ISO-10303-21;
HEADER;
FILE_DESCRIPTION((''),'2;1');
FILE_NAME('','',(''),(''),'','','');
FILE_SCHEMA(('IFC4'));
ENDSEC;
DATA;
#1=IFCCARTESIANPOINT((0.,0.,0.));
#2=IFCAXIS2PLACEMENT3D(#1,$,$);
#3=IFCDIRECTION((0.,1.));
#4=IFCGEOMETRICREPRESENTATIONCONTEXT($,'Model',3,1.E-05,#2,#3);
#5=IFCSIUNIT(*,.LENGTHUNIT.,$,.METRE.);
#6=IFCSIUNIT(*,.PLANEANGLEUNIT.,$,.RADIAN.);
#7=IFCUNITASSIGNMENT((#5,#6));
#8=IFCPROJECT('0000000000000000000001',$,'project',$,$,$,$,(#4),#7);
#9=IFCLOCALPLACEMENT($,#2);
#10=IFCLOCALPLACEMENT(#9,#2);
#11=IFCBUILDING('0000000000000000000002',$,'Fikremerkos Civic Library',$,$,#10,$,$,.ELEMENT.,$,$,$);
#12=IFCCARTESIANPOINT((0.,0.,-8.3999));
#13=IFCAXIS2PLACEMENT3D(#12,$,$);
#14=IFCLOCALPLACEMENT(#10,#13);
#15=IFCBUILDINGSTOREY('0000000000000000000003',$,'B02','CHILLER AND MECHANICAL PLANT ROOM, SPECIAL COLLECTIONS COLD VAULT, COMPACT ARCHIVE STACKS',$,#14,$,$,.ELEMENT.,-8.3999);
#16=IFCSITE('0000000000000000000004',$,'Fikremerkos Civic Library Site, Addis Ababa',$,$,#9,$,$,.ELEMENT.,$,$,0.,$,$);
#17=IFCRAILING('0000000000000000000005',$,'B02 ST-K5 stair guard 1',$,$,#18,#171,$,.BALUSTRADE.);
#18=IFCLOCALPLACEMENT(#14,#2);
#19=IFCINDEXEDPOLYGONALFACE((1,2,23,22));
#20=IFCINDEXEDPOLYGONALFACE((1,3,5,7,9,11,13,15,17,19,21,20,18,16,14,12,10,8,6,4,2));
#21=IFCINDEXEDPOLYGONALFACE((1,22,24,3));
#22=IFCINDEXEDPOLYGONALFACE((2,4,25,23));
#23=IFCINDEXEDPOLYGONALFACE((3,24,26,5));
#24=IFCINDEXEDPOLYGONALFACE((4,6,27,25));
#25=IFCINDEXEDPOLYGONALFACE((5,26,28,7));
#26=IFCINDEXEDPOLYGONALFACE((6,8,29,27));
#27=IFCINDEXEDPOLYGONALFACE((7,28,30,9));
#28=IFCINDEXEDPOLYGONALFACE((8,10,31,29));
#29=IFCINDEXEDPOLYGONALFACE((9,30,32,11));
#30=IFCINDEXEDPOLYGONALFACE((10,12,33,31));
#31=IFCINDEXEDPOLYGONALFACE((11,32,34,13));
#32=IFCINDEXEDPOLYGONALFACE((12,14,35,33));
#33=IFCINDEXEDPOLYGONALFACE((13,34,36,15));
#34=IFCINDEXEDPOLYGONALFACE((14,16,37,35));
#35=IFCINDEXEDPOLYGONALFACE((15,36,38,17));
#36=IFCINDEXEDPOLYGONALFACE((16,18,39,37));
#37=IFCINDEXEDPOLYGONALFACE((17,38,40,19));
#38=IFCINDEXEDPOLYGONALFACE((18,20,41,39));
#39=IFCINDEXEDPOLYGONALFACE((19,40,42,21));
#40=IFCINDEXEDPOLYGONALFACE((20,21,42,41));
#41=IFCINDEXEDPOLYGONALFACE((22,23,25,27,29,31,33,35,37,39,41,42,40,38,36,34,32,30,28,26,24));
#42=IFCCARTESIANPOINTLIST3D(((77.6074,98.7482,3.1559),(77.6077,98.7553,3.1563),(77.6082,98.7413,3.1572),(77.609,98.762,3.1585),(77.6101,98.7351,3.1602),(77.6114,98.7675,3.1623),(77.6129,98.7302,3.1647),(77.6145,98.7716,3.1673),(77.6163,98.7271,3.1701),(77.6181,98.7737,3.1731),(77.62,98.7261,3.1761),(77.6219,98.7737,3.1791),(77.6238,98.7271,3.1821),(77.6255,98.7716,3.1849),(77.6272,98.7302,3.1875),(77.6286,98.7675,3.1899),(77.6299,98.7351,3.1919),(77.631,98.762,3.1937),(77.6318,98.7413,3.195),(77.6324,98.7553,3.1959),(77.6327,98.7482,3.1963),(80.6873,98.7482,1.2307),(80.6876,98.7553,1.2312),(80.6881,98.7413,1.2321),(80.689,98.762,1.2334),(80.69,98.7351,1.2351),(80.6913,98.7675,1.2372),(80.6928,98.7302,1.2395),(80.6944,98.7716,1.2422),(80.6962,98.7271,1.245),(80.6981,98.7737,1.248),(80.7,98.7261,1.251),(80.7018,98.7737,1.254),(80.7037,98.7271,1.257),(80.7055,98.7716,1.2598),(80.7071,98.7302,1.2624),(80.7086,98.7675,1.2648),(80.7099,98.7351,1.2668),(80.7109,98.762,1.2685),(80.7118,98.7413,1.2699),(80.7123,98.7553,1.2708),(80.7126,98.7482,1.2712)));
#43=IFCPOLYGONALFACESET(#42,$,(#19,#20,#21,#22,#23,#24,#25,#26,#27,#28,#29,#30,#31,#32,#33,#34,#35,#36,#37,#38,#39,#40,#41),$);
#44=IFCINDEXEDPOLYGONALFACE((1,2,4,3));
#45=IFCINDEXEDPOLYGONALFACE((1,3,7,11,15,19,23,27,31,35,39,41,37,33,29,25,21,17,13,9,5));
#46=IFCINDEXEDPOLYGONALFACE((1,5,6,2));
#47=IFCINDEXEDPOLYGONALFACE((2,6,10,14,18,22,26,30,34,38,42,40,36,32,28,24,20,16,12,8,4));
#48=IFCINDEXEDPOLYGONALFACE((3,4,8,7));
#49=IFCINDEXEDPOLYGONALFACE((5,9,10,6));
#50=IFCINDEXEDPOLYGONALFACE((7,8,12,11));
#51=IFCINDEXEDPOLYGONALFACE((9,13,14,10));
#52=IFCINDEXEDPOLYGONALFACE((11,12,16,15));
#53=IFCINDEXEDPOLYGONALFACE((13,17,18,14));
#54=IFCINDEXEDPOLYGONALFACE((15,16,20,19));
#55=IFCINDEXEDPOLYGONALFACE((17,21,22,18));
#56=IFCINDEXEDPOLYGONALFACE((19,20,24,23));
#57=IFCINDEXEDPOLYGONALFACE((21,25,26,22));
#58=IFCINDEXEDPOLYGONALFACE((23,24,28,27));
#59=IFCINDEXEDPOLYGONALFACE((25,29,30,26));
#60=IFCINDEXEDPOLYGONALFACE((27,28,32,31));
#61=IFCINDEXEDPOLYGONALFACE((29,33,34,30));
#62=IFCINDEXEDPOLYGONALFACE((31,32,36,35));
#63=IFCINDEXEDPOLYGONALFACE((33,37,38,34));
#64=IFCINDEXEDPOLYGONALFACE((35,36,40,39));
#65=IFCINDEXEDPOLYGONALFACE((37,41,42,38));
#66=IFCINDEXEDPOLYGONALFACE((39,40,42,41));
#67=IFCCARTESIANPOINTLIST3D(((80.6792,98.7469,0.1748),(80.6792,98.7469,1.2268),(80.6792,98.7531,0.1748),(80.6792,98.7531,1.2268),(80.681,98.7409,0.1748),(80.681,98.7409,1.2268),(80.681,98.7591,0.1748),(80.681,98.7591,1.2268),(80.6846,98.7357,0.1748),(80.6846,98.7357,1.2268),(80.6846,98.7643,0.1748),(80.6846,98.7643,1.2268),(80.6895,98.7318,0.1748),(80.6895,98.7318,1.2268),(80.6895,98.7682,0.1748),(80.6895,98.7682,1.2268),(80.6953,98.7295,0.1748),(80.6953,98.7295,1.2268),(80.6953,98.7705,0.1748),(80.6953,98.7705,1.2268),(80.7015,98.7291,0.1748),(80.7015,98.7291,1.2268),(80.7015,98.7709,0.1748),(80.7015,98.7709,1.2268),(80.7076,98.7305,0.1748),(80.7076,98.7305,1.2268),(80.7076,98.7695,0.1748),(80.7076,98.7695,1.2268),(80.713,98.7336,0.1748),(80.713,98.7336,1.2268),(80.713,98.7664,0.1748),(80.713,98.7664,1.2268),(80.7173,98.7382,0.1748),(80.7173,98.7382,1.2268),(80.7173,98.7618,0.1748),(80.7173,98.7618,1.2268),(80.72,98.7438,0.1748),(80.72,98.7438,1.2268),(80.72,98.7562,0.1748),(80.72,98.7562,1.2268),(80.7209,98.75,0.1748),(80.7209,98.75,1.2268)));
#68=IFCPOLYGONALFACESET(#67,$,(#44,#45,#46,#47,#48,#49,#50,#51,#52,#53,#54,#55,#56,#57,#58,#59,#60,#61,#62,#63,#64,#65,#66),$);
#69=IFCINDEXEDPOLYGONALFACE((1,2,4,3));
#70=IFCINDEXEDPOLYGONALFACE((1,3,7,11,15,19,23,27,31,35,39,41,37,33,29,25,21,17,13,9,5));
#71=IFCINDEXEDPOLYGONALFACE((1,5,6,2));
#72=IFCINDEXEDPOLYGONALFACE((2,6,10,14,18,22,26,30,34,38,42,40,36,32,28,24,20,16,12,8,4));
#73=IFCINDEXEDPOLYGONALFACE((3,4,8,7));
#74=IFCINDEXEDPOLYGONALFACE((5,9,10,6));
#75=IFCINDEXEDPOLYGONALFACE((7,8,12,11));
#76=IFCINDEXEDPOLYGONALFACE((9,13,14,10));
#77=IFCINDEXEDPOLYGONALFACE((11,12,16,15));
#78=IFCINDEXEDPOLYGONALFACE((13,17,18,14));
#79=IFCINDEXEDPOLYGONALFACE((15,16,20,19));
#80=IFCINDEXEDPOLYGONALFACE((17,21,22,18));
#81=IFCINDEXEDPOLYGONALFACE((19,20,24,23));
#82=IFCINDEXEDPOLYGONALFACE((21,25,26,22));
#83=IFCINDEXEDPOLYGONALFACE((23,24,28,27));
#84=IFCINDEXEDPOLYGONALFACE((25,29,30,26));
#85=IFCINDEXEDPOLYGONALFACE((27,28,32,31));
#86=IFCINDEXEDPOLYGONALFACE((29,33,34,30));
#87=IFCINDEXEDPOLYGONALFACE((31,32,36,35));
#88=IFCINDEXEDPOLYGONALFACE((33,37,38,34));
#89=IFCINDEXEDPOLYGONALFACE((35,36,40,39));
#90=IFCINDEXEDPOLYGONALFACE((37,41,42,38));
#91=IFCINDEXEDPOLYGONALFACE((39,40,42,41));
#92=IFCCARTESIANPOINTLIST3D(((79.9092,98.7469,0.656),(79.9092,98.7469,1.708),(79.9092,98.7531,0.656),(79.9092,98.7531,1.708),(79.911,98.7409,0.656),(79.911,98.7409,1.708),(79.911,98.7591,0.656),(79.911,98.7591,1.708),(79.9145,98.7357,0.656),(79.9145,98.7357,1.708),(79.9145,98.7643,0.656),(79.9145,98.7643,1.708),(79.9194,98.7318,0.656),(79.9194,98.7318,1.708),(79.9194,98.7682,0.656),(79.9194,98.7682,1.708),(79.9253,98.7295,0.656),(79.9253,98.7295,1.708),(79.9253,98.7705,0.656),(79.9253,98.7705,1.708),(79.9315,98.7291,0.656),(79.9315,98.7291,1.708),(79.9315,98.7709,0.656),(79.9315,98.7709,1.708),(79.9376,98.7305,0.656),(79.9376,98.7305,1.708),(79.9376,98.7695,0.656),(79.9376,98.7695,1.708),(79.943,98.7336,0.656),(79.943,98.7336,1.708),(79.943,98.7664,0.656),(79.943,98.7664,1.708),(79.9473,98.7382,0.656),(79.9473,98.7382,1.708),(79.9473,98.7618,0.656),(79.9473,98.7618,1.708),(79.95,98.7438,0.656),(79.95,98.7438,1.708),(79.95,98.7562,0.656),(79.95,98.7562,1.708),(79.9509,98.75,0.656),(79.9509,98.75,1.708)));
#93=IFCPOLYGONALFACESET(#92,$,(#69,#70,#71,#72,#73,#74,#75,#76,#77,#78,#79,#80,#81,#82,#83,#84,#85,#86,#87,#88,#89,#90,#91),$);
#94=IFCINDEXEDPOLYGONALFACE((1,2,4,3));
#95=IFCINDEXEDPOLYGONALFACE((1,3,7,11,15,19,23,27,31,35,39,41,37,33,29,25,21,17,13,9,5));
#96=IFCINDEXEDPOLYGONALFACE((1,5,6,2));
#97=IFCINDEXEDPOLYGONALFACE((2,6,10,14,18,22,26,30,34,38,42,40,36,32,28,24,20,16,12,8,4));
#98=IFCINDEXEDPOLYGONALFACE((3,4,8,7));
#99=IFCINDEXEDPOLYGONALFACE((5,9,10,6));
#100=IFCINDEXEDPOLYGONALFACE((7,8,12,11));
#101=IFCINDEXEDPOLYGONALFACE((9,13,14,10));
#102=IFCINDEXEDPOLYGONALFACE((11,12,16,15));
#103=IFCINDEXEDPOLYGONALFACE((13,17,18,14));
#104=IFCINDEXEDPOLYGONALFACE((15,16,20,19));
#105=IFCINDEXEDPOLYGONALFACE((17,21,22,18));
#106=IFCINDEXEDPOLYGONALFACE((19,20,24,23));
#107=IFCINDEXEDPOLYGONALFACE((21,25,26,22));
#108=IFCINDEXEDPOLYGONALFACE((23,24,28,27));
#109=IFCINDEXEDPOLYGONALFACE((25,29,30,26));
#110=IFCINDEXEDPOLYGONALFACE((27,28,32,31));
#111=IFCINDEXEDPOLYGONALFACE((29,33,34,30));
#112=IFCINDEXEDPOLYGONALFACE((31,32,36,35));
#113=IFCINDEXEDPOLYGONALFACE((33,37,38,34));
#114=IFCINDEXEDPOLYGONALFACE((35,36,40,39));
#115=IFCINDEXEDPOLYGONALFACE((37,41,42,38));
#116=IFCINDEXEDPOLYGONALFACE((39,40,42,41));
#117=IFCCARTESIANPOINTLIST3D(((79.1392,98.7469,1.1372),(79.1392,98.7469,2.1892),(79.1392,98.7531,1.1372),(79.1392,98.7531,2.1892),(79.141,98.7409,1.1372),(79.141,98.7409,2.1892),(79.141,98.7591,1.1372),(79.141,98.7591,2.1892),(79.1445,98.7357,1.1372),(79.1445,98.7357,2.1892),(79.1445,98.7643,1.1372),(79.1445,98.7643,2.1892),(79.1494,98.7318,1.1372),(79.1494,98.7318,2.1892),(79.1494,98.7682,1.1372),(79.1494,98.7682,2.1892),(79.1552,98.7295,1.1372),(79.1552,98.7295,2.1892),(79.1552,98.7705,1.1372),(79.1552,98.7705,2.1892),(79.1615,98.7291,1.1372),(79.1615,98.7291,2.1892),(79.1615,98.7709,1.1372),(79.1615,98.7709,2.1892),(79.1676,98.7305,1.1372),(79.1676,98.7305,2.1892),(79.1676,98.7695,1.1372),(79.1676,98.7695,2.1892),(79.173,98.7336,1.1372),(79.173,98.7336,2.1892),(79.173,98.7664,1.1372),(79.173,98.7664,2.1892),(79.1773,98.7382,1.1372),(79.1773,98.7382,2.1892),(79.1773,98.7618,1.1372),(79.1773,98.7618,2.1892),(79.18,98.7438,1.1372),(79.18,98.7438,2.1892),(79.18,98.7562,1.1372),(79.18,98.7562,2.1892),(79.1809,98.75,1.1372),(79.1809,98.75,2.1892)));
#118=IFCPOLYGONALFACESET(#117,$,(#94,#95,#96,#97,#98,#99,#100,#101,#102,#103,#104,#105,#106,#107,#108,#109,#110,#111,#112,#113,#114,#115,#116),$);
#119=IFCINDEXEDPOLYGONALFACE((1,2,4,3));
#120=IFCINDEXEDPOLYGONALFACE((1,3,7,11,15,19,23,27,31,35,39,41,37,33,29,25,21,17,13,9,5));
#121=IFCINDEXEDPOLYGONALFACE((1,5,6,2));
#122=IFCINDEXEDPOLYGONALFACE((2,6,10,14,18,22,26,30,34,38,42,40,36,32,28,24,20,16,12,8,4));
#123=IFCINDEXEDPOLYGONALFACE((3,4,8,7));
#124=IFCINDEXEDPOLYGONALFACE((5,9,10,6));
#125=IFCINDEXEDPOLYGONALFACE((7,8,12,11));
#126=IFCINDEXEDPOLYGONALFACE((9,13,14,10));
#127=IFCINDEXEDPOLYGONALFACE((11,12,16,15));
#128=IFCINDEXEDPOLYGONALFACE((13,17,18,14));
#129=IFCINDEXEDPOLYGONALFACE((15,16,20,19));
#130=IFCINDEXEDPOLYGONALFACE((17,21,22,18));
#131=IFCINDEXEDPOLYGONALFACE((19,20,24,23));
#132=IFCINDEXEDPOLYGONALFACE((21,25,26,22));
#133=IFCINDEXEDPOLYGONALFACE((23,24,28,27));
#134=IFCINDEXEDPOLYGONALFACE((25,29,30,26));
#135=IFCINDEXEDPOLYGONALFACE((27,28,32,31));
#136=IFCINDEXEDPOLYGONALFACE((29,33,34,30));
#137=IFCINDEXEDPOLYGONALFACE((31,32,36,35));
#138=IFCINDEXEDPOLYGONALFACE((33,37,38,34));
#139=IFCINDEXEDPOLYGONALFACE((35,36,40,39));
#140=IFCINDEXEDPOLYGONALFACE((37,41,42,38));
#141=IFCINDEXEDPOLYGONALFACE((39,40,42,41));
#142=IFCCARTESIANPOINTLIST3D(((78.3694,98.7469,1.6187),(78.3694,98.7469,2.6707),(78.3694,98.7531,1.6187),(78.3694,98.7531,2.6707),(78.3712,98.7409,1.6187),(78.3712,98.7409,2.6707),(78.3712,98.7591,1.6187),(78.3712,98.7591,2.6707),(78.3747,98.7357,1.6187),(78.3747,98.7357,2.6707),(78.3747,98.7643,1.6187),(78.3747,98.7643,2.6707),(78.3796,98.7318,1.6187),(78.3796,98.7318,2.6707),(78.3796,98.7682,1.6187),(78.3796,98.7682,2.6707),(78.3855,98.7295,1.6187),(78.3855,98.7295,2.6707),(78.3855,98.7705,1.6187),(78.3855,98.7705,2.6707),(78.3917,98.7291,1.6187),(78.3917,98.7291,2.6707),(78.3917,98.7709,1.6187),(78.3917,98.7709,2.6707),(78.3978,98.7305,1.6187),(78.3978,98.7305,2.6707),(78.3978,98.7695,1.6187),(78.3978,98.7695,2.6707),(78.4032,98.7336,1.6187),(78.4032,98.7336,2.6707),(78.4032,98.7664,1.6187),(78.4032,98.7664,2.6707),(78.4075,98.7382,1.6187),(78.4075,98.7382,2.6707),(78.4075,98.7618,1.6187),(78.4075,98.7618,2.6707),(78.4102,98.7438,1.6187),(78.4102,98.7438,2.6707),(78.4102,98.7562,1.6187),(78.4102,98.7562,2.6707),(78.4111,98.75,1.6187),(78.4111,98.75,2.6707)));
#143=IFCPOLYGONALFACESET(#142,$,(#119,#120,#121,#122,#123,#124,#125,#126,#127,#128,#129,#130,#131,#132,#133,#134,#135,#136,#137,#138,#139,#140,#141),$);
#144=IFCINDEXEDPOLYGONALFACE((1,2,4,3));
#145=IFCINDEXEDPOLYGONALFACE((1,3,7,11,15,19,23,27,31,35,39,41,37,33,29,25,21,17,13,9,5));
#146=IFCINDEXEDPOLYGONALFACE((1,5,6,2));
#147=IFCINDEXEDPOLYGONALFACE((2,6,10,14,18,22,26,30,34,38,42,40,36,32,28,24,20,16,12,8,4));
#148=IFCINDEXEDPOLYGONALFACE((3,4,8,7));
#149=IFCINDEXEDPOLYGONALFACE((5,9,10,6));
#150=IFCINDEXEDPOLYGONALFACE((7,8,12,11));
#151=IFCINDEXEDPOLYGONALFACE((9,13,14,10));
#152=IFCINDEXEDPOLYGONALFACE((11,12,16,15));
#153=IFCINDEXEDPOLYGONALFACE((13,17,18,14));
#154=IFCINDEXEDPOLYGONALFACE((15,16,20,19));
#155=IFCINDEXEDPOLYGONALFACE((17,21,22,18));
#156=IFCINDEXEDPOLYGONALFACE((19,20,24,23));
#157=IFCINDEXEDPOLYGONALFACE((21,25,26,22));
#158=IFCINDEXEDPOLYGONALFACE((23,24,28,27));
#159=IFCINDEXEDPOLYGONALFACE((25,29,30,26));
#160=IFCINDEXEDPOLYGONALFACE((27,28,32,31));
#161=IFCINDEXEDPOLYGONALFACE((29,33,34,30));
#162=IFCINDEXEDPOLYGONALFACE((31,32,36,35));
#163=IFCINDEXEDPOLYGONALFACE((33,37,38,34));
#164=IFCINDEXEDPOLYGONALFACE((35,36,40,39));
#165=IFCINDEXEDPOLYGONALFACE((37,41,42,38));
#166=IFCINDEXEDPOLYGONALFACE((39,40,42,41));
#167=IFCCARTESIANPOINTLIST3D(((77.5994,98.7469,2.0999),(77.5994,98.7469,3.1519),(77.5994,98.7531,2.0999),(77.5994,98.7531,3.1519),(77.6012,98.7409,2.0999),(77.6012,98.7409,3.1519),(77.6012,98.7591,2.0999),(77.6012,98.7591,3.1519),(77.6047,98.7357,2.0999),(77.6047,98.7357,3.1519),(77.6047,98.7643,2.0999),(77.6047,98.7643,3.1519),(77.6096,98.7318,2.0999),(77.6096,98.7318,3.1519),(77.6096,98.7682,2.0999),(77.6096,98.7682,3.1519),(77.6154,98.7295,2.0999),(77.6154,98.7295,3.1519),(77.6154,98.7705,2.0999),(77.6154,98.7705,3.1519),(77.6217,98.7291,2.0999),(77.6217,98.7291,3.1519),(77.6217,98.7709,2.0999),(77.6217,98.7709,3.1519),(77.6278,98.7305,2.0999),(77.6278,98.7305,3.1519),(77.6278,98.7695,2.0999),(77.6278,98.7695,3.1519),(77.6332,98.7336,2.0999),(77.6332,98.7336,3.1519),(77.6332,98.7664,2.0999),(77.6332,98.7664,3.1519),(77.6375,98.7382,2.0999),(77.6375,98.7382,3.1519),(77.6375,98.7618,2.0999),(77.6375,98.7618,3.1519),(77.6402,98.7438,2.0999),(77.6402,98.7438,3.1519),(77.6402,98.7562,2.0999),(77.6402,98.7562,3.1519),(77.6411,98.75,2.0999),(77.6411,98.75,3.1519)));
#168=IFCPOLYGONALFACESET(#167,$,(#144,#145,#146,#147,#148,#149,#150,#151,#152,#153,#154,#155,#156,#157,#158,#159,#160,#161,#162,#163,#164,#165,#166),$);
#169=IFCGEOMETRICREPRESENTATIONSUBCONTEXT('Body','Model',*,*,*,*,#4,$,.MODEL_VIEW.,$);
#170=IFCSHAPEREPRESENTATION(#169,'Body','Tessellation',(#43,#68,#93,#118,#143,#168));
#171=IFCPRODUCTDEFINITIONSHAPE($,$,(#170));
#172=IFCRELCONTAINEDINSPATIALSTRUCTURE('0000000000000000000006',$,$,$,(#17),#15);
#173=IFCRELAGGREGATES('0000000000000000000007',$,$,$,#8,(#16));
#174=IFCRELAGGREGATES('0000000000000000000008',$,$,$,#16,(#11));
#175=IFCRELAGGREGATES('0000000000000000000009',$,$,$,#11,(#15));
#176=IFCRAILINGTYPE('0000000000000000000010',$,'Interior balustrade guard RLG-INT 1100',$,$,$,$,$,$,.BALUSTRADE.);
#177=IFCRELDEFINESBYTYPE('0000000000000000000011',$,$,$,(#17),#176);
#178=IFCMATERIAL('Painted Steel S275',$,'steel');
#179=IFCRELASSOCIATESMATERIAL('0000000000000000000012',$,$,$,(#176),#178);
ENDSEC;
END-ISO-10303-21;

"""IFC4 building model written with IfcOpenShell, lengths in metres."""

from ifc_helpers import new_model, si_unit, direction, frame, origin, origin_2d, place, context, subcontext, project, spatial, circle, extrude, material, type_object, element, save


model = new_model("IFC4")

# Units and contexts
model_context = context("Model", 3, precision=1e-05, world=origin(), true_north=direction((0.0, 1.0)))
body_context = subcontext(model_context, "Body", "Model", "MODEL_VIEW")
ifc_project = project(units=[si_unit("LENGTHUNIT", "METRE"), si_unit("PLANEANGLEUNIT", "RADIAN")], contexts=[model_context])

# Site, building, storey
site_placement = place(None, origin())
site = spatial("IfcSite", under=ifc_project, at=site_placement, Name="Fikremerkos Civic Library Site, Addis Ababa", CompositionType="ELEMENT", RefElevation=0.0)
building_placement = place(site_placement, origin())
building = spatial("IfcBuilding", under=site, at=building_placement, Name="Fikremerkos Civic Library", CompositionType="ELEMENT")
storey_placement = place(building_placement, frame((0.0, 0.0, -8.3999)))
storey = spatial("IfcBuildingStorey", under=building, at=storey_placement, Name="B02", Description="CHILLER AND MECHANICAL PLANT ROOM, SPECIAL COLLECTIONS COLD VAULT, COMPACT ARCHIVE STACKS", CompositionType="ELEMENT", Elevation=-8.3999)

# Railing
ifc_material_1 = material(Name="Painted Steel S275", Category="steel")
railing_type_1 = type_object("IfcRailingType", Name="Interior balustrade guard RLG-INT 1100", PredefinedType="BALUSTRADE", material=ifc_material_1)
railing_1_placement = place(storey_placement, frame((80.7, 98.75, 0.1748)))
element("IfcRailing", 1, at=railing_1_placement, inside=storey, type_object=railing_type_1, Name="B02 ST-K5 stair guard 1", PredefinedType="BALUSTRADE", context=body_context, shape_type="SweptSolid", body=[
    extrude(circle(Radius=0.0239, at=origin_2d()), frame((0.0, 0.0, 1.0762), z_axis=(-0.847979, 0.0, 0.530029), x_axis=(0.0, -1.0, 0.0)), (0.0, 0.0, 1.0), 3.6321),
    extrude(circle(Radius=0.021, at=origin_2d()), origin(), (0.0, 0.0, 1.0), 1.052),
    extrude(circle(Radius=0.021, at=origin_2d()), frame((-0.77, 0.0, 0.4812)), (0.0, 0.0, 1.0), 1.052),
    extrude(circle(Radius=0.021, at=origin_2d()), frame((-1.54, 0.0, 0.9624)), (0.0, 0.0, 1.0), 1.052),
    extrude(circle(Radius=0.021, at=origin_2d()), frame((-2.3098, 0.0, 1.4438)), (0.0, 0.0, 1.0), 1.052),
    extrude(circle(Radius=0.021, at=origin_2d()), frame((-3.0798, 0.0, 1.925)), (0.0, 0.0, 1.0), 1.052),
])

save(model, "model.ifc")
